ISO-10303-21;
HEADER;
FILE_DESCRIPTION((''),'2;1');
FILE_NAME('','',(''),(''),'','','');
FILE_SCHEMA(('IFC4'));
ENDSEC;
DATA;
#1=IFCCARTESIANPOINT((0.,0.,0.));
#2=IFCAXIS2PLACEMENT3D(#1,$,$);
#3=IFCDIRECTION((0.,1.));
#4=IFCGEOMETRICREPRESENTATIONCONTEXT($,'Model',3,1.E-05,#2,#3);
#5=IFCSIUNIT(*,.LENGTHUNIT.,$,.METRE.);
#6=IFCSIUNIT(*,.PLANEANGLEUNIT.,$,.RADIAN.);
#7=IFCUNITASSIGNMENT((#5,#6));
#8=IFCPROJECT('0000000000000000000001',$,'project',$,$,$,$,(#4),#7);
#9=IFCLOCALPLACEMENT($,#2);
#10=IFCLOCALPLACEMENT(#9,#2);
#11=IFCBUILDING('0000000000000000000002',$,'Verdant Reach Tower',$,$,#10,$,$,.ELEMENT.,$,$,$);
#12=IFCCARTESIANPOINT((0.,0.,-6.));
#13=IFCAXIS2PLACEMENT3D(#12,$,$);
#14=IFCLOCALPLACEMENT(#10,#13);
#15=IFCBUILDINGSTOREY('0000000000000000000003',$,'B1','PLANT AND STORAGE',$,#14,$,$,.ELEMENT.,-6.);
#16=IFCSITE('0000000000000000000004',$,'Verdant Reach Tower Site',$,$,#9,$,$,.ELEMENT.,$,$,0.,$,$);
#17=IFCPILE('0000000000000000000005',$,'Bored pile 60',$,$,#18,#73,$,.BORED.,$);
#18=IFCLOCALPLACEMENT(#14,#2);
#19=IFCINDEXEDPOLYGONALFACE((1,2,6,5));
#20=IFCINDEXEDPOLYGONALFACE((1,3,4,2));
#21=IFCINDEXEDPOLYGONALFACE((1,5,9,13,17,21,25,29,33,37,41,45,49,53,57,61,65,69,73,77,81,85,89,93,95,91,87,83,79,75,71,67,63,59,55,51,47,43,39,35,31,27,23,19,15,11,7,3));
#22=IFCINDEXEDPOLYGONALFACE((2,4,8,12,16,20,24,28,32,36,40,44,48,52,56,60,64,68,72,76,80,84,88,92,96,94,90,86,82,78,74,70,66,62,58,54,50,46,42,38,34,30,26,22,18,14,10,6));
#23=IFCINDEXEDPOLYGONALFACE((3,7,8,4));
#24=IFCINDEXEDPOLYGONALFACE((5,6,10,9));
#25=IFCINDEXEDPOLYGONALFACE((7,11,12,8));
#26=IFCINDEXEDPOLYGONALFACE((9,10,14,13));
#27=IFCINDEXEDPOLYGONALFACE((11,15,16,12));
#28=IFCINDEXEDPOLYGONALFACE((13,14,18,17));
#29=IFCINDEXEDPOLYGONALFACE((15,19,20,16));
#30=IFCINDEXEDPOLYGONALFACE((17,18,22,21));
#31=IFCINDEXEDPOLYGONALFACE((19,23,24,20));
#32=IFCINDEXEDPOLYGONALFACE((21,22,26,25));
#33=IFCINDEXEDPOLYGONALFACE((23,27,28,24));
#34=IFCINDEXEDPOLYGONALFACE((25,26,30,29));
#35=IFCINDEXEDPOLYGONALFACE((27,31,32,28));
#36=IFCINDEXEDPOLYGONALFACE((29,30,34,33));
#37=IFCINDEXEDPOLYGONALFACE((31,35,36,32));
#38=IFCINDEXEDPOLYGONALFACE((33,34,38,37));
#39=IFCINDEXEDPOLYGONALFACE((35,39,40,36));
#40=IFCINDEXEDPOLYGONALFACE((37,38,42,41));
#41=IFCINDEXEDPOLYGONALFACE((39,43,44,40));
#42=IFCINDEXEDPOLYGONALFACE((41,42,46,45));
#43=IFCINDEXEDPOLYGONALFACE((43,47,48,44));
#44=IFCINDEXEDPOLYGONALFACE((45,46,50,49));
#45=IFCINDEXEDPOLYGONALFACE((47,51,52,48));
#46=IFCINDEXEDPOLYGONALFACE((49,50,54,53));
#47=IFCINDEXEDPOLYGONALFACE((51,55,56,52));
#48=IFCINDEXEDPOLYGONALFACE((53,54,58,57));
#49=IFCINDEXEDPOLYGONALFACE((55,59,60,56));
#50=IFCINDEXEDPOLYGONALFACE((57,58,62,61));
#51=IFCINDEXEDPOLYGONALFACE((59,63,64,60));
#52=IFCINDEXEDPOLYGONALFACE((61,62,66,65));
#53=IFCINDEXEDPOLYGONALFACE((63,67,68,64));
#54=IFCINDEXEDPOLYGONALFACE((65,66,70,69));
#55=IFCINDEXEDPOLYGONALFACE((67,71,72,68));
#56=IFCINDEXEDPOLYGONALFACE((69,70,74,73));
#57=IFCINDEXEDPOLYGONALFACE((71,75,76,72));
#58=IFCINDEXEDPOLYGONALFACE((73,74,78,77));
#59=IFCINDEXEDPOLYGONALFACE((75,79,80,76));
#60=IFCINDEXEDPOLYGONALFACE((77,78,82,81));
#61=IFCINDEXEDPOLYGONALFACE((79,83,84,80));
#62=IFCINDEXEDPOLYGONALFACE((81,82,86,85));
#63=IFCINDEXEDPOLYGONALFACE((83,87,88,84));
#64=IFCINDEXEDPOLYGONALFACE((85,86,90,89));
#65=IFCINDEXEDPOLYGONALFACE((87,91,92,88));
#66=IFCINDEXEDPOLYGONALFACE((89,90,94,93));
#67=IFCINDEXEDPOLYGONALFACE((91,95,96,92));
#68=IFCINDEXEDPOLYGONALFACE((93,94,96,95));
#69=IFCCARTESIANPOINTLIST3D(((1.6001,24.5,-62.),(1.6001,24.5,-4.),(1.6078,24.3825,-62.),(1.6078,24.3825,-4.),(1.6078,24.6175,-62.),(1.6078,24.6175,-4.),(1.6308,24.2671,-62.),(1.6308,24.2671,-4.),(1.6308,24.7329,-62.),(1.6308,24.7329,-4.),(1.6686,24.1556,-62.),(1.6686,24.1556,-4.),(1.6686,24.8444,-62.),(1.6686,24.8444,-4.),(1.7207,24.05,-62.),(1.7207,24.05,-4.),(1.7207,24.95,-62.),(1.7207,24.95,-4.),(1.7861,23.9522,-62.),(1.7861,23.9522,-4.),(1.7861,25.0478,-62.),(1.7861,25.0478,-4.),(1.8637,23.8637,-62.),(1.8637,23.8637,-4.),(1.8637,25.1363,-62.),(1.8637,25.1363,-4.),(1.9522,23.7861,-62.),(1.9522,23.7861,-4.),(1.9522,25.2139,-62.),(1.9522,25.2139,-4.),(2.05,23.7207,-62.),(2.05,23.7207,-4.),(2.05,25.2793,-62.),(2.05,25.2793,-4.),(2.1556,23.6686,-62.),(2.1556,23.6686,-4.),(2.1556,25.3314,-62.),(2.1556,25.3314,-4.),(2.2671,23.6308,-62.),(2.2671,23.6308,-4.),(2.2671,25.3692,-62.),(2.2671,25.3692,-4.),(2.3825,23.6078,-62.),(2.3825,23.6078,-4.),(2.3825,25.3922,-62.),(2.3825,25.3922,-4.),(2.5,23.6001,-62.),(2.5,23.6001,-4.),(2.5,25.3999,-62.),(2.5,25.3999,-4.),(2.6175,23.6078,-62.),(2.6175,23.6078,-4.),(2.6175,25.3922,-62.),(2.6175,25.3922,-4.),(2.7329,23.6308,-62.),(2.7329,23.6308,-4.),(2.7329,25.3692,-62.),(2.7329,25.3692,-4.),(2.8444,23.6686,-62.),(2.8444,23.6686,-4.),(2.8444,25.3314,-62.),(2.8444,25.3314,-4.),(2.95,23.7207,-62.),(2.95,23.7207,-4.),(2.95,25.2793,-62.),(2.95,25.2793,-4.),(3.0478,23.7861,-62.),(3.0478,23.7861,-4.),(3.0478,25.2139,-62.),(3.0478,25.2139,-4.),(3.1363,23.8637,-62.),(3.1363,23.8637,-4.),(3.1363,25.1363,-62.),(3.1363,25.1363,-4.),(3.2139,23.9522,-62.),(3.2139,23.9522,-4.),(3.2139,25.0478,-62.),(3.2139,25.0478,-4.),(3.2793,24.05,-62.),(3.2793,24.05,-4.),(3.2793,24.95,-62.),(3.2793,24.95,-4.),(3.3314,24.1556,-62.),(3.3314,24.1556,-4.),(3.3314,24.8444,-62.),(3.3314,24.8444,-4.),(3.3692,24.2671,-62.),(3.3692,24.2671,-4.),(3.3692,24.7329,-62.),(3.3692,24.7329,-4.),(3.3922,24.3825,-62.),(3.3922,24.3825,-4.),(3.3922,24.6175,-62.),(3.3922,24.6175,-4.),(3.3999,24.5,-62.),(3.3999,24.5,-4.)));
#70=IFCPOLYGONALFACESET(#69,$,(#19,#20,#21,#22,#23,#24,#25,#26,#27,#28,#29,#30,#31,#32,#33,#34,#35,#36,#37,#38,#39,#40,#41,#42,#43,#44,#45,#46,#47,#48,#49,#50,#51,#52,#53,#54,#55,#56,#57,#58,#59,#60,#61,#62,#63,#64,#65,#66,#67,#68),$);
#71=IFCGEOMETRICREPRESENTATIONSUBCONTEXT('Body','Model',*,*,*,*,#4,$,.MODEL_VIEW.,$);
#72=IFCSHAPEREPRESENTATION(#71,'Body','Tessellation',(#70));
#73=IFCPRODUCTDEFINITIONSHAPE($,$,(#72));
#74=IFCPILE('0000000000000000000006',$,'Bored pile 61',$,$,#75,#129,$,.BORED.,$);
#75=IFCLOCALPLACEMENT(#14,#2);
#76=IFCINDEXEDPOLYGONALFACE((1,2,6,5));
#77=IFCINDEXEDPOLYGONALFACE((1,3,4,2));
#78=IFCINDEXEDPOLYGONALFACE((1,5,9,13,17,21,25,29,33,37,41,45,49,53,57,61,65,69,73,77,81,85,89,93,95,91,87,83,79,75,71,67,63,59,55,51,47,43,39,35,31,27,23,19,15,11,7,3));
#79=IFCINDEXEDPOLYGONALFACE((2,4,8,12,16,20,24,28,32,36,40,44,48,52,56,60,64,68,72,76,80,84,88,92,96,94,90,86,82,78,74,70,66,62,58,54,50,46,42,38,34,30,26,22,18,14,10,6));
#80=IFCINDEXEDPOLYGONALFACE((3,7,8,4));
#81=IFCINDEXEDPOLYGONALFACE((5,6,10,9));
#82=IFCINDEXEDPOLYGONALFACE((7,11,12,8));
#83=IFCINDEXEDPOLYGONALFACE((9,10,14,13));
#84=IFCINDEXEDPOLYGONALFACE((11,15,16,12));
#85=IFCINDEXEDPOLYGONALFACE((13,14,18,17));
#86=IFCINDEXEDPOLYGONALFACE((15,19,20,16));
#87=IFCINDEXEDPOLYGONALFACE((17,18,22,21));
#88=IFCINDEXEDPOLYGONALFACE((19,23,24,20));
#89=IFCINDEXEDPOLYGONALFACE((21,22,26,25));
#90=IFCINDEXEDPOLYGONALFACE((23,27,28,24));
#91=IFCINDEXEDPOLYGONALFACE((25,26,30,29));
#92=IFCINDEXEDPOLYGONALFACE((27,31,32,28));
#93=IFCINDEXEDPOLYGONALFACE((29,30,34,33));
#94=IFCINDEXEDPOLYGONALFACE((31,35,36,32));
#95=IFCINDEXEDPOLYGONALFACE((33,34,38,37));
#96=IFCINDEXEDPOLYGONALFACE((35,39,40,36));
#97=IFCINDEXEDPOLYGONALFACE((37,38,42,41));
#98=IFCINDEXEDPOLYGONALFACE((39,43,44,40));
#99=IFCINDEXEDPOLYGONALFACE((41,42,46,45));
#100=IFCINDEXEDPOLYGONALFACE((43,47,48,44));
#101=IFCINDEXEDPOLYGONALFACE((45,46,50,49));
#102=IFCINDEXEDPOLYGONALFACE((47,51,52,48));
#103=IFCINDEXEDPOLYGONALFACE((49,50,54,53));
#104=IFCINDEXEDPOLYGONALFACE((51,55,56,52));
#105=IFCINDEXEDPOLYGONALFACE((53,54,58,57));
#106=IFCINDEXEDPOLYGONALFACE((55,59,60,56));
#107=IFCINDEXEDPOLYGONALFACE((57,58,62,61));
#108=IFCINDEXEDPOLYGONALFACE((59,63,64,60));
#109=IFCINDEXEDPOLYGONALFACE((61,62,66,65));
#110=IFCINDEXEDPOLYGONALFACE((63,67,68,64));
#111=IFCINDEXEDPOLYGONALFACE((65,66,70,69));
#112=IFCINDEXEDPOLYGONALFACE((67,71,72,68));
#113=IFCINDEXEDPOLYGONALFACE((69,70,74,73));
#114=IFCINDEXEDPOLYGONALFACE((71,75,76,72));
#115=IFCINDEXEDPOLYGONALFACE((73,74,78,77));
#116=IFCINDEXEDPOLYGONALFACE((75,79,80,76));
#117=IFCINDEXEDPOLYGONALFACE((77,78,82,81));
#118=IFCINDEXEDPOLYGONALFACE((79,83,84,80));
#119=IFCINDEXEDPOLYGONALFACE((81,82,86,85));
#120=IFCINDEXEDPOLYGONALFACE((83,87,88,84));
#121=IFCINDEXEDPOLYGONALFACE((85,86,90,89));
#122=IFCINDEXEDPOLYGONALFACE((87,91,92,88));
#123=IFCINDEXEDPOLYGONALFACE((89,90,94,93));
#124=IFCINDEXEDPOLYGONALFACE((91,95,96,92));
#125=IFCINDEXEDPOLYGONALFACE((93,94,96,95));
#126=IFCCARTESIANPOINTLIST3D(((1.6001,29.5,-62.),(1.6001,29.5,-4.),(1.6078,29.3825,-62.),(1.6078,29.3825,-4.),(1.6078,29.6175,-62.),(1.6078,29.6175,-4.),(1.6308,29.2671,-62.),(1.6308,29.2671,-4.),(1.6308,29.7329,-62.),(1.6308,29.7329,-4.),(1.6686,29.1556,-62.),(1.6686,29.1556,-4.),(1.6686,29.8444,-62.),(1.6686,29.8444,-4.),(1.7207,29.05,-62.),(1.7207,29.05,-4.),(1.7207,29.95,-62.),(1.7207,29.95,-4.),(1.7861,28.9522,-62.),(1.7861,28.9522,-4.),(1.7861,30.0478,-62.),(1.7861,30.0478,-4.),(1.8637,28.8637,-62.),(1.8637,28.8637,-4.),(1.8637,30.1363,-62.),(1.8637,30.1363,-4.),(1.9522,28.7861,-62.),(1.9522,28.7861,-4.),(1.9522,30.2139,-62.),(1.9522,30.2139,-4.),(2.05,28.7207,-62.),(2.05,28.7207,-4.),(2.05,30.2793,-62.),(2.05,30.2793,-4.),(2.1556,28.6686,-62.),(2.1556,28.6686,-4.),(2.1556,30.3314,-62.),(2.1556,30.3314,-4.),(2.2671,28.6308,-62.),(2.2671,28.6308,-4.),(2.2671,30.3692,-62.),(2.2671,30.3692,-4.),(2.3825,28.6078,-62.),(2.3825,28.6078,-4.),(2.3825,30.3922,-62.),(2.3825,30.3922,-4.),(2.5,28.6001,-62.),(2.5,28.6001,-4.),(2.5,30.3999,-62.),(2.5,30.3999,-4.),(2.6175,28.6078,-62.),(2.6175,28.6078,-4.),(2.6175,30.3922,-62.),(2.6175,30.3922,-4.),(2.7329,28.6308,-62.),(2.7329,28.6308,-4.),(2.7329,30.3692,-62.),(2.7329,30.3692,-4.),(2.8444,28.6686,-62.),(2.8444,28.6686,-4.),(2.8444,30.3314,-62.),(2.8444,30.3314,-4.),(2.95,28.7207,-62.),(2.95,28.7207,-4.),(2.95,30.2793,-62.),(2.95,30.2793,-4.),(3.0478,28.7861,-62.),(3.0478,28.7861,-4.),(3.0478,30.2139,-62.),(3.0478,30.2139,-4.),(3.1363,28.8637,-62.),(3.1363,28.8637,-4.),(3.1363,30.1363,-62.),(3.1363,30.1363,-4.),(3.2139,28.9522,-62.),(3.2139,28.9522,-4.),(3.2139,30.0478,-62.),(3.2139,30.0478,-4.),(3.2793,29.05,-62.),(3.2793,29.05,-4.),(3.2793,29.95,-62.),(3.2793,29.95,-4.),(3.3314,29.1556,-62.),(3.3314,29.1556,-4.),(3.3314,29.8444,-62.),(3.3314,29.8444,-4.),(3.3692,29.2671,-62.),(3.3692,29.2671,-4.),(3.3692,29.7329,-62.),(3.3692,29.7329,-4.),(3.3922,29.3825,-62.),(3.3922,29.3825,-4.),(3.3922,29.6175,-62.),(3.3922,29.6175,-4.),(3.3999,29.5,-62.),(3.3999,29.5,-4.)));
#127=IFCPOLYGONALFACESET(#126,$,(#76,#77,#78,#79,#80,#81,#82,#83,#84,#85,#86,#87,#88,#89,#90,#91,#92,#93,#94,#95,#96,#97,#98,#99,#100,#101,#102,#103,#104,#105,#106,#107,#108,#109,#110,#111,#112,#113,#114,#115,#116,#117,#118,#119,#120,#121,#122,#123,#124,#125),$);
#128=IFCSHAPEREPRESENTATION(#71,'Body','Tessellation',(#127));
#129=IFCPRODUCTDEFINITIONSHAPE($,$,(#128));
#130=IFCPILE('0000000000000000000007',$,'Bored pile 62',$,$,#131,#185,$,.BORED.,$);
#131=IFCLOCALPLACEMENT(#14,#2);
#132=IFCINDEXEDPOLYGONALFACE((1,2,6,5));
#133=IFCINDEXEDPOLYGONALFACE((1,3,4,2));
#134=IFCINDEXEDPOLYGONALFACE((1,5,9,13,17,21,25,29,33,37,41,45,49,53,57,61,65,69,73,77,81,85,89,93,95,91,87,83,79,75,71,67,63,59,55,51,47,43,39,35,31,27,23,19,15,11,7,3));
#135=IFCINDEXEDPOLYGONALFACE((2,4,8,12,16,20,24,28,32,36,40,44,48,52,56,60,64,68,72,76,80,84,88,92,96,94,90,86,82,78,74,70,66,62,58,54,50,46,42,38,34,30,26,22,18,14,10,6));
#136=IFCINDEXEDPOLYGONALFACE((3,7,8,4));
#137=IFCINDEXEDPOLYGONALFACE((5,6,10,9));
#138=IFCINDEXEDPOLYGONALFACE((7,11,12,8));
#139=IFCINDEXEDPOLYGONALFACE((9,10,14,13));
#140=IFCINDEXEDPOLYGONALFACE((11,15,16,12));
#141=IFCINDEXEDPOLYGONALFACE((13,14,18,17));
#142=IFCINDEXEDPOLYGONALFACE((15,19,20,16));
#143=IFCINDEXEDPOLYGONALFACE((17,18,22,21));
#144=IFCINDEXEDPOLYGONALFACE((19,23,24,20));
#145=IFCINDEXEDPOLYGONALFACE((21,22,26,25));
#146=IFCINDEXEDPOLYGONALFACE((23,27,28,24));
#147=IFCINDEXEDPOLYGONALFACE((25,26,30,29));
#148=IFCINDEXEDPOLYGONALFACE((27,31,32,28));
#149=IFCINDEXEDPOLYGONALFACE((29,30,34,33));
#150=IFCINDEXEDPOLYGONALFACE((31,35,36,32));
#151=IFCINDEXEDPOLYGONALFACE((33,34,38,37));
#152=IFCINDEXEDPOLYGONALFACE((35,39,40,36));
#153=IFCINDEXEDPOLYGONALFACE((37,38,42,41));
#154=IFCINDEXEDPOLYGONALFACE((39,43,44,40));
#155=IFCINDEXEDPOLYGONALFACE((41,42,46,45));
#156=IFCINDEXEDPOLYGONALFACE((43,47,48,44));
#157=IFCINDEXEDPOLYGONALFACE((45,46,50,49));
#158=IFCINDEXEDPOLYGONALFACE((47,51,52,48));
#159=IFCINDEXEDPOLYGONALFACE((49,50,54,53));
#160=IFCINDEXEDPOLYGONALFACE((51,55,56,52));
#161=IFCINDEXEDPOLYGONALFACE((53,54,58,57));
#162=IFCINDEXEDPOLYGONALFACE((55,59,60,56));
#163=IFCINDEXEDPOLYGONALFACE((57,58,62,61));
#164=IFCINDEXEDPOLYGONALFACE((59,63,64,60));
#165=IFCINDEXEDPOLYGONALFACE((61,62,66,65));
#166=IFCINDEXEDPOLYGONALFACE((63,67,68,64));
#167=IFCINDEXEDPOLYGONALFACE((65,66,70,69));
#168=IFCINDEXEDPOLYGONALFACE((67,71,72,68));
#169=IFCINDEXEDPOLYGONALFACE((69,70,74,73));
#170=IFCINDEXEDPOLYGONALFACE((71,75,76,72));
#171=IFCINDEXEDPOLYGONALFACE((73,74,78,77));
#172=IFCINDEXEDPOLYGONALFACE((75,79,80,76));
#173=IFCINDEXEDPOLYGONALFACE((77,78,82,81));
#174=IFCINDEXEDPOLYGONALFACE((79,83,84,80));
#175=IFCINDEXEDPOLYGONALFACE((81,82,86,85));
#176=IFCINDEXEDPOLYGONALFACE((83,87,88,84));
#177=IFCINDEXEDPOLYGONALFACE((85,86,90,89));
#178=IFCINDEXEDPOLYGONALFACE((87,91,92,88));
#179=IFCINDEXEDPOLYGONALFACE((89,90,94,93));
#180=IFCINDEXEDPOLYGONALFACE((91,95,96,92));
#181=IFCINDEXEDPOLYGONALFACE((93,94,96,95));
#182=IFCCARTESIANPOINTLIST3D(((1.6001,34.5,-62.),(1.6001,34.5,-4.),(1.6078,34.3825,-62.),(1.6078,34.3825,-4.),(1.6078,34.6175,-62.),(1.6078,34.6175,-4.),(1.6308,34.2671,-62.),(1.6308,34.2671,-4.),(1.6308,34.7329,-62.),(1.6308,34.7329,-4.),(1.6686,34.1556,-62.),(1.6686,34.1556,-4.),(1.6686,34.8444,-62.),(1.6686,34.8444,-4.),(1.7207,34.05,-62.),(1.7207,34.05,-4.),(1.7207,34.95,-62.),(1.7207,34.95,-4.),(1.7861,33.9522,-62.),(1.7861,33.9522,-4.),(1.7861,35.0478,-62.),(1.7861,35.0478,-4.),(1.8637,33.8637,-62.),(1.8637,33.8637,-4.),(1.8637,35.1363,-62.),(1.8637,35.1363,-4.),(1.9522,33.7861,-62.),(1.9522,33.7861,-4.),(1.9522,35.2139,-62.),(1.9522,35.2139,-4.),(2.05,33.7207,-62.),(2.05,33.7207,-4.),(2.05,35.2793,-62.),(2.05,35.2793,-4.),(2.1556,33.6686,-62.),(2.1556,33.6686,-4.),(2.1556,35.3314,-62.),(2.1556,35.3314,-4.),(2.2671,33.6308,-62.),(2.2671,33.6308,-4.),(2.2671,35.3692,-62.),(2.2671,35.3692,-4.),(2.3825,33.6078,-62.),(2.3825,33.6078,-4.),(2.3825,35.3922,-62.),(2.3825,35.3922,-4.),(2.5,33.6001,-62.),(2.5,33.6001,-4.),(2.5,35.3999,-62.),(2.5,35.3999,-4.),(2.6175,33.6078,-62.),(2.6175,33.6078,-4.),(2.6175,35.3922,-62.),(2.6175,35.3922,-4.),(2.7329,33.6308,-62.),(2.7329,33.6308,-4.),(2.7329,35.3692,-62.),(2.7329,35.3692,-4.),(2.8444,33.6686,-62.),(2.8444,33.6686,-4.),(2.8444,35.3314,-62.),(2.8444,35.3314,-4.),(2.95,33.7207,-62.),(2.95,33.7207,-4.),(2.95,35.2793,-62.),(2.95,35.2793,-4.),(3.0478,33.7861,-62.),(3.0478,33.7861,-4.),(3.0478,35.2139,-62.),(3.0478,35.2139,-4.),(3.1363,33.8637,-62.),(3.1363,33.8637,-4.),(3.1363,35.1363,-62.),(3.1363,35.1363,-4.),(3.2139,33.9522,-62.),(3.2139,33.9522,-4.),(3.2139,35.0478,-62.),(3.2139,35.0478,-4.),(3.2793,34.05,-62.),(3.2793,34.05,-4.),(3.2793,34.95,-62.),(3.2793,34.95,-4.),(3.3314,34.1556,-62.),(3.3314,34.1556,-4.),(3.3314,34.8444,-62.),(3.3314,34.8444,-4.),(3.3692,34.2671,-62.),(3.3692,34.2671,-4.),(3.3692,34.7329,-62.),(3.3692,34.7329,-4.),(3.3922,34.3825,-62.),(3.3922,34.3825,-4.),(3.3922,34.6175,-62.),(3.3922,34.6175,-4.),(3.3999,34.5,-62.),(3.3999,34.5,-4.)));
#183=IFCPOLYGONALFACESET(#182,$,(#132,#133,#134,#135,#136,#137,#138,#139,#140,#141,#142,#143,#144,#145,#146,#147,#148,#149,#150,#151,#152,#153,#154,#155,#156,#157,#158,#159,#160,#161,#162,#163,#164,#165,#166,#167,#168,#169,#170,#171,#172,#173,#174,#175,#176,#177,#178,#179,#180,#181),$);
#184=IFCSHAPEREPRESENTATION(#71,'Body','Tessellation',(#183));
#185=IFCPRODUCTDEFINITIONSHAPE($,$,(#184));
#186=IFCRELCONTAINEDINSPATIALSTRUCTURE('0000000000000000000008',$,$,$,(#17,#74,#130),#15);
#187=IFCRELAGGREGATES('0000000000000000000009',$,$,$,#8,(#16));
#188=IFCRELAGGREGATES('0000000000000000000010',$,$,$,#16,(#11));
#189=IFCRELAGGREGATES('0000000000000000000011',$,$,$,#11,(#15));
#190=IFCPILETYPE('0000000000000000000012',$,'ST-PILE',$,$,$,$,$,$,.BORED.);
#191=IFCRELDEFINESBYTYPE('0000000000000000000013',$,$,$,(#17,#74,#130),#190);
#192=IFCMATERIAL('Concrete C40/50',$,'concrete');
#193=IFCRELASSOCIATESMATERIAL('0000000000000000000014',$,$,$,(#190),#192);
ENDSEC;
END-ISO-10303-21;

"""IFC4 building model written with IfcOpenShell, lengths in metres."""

from ifc_helpers import new_model, si_unit, direction, frame, origin, origin_2d, place, context, subcontext, project, spatial, circle, extrude, material, material_profile, profile_set, type_object, element, save


model = new_model("IFC4")

# Units and contexts
model_context = context("Model", 3, precision=1e-05, world=origin(), true_north=direction((0.0, 1.0)))
body_context = subcontext(model_context, "Body", "Model", "MODEL_VIEW")
ifc_project = project(units=[si_unit("LENGTHUNIT", "METRE"), si_unit("PLANEANGLEUNIT", "RADIAN")], contexts=[model_context])

# Site, building, storey
site_placement = place(None, origin())
site = spatial("IfcSite", under=ifc_project, at=site_placement, Name="Verdant Reach Tower Site", CompositionType="ELEMENT", RefElevation=0.0)
building_placement = place(site_placement, origin())
building = spatial("IfcBuilding", under=site, at=building_placement, Name="Verdant Reach Tower", CompositionType="ELEMENT")
storey_placement = place(building_placement, frame((0.0, 0.0, -6.0)))
storey = spatial("IfcBuildingStorey", under=building, at=storey_placement, Name="B1", Description="PLANT AND STORAGE", CompositionType="ELEMENT", Elevation=-6.0)

# Piles
ifc_material_1 = material(Name="Concrete C40/50", Category="concrete")
ifc_material_profile_1 = material_profile(ifc_material_1, circle(Radius=0.8999, at=origin_2d()), Name="BP 1800")
ifc_profile_set_1 = profile_set([ifc_material_profile_1], Name="Concrete C40/50")
pile_type = type_object("IfcPileType", Name="ST-PILE", PredefinedType="BORED", material=ifc_profile_set_1)
for number, where, z_axis, x_axis, name in (
    (1, (2.5, 24.5, -4.0), (0.0, 0.0, -1.0), (1.0, 0.0, 0.0), "Bored pile 60"),
    (2, (2.5, 29.5, -4.0), (0.0, 0.0, -1.0), (1.0, 0.0, 0.0), "Bored pile 61"),
    (3, (2.5, 34.5, -4.0), (0.0, 0.0, -1.0), (1.0, 0.0, 0.0), "Bored pile 62"),
):
    element("IfcPile", number, at=place(storey_placement, frame(where, z_axis=z_axis, x_axis=x_axis)), inside=storey, type_object=pile_type, Name=name, PredefinedType="BORED", context=body_context, shape_type="SweptSolid", body=[
        extrude(circle(Radius=0.8999, at=origin_2d()), origin(), (0.0, 0.0, 1.0), 58.0),
    ])

save(model, "model.ifc")
